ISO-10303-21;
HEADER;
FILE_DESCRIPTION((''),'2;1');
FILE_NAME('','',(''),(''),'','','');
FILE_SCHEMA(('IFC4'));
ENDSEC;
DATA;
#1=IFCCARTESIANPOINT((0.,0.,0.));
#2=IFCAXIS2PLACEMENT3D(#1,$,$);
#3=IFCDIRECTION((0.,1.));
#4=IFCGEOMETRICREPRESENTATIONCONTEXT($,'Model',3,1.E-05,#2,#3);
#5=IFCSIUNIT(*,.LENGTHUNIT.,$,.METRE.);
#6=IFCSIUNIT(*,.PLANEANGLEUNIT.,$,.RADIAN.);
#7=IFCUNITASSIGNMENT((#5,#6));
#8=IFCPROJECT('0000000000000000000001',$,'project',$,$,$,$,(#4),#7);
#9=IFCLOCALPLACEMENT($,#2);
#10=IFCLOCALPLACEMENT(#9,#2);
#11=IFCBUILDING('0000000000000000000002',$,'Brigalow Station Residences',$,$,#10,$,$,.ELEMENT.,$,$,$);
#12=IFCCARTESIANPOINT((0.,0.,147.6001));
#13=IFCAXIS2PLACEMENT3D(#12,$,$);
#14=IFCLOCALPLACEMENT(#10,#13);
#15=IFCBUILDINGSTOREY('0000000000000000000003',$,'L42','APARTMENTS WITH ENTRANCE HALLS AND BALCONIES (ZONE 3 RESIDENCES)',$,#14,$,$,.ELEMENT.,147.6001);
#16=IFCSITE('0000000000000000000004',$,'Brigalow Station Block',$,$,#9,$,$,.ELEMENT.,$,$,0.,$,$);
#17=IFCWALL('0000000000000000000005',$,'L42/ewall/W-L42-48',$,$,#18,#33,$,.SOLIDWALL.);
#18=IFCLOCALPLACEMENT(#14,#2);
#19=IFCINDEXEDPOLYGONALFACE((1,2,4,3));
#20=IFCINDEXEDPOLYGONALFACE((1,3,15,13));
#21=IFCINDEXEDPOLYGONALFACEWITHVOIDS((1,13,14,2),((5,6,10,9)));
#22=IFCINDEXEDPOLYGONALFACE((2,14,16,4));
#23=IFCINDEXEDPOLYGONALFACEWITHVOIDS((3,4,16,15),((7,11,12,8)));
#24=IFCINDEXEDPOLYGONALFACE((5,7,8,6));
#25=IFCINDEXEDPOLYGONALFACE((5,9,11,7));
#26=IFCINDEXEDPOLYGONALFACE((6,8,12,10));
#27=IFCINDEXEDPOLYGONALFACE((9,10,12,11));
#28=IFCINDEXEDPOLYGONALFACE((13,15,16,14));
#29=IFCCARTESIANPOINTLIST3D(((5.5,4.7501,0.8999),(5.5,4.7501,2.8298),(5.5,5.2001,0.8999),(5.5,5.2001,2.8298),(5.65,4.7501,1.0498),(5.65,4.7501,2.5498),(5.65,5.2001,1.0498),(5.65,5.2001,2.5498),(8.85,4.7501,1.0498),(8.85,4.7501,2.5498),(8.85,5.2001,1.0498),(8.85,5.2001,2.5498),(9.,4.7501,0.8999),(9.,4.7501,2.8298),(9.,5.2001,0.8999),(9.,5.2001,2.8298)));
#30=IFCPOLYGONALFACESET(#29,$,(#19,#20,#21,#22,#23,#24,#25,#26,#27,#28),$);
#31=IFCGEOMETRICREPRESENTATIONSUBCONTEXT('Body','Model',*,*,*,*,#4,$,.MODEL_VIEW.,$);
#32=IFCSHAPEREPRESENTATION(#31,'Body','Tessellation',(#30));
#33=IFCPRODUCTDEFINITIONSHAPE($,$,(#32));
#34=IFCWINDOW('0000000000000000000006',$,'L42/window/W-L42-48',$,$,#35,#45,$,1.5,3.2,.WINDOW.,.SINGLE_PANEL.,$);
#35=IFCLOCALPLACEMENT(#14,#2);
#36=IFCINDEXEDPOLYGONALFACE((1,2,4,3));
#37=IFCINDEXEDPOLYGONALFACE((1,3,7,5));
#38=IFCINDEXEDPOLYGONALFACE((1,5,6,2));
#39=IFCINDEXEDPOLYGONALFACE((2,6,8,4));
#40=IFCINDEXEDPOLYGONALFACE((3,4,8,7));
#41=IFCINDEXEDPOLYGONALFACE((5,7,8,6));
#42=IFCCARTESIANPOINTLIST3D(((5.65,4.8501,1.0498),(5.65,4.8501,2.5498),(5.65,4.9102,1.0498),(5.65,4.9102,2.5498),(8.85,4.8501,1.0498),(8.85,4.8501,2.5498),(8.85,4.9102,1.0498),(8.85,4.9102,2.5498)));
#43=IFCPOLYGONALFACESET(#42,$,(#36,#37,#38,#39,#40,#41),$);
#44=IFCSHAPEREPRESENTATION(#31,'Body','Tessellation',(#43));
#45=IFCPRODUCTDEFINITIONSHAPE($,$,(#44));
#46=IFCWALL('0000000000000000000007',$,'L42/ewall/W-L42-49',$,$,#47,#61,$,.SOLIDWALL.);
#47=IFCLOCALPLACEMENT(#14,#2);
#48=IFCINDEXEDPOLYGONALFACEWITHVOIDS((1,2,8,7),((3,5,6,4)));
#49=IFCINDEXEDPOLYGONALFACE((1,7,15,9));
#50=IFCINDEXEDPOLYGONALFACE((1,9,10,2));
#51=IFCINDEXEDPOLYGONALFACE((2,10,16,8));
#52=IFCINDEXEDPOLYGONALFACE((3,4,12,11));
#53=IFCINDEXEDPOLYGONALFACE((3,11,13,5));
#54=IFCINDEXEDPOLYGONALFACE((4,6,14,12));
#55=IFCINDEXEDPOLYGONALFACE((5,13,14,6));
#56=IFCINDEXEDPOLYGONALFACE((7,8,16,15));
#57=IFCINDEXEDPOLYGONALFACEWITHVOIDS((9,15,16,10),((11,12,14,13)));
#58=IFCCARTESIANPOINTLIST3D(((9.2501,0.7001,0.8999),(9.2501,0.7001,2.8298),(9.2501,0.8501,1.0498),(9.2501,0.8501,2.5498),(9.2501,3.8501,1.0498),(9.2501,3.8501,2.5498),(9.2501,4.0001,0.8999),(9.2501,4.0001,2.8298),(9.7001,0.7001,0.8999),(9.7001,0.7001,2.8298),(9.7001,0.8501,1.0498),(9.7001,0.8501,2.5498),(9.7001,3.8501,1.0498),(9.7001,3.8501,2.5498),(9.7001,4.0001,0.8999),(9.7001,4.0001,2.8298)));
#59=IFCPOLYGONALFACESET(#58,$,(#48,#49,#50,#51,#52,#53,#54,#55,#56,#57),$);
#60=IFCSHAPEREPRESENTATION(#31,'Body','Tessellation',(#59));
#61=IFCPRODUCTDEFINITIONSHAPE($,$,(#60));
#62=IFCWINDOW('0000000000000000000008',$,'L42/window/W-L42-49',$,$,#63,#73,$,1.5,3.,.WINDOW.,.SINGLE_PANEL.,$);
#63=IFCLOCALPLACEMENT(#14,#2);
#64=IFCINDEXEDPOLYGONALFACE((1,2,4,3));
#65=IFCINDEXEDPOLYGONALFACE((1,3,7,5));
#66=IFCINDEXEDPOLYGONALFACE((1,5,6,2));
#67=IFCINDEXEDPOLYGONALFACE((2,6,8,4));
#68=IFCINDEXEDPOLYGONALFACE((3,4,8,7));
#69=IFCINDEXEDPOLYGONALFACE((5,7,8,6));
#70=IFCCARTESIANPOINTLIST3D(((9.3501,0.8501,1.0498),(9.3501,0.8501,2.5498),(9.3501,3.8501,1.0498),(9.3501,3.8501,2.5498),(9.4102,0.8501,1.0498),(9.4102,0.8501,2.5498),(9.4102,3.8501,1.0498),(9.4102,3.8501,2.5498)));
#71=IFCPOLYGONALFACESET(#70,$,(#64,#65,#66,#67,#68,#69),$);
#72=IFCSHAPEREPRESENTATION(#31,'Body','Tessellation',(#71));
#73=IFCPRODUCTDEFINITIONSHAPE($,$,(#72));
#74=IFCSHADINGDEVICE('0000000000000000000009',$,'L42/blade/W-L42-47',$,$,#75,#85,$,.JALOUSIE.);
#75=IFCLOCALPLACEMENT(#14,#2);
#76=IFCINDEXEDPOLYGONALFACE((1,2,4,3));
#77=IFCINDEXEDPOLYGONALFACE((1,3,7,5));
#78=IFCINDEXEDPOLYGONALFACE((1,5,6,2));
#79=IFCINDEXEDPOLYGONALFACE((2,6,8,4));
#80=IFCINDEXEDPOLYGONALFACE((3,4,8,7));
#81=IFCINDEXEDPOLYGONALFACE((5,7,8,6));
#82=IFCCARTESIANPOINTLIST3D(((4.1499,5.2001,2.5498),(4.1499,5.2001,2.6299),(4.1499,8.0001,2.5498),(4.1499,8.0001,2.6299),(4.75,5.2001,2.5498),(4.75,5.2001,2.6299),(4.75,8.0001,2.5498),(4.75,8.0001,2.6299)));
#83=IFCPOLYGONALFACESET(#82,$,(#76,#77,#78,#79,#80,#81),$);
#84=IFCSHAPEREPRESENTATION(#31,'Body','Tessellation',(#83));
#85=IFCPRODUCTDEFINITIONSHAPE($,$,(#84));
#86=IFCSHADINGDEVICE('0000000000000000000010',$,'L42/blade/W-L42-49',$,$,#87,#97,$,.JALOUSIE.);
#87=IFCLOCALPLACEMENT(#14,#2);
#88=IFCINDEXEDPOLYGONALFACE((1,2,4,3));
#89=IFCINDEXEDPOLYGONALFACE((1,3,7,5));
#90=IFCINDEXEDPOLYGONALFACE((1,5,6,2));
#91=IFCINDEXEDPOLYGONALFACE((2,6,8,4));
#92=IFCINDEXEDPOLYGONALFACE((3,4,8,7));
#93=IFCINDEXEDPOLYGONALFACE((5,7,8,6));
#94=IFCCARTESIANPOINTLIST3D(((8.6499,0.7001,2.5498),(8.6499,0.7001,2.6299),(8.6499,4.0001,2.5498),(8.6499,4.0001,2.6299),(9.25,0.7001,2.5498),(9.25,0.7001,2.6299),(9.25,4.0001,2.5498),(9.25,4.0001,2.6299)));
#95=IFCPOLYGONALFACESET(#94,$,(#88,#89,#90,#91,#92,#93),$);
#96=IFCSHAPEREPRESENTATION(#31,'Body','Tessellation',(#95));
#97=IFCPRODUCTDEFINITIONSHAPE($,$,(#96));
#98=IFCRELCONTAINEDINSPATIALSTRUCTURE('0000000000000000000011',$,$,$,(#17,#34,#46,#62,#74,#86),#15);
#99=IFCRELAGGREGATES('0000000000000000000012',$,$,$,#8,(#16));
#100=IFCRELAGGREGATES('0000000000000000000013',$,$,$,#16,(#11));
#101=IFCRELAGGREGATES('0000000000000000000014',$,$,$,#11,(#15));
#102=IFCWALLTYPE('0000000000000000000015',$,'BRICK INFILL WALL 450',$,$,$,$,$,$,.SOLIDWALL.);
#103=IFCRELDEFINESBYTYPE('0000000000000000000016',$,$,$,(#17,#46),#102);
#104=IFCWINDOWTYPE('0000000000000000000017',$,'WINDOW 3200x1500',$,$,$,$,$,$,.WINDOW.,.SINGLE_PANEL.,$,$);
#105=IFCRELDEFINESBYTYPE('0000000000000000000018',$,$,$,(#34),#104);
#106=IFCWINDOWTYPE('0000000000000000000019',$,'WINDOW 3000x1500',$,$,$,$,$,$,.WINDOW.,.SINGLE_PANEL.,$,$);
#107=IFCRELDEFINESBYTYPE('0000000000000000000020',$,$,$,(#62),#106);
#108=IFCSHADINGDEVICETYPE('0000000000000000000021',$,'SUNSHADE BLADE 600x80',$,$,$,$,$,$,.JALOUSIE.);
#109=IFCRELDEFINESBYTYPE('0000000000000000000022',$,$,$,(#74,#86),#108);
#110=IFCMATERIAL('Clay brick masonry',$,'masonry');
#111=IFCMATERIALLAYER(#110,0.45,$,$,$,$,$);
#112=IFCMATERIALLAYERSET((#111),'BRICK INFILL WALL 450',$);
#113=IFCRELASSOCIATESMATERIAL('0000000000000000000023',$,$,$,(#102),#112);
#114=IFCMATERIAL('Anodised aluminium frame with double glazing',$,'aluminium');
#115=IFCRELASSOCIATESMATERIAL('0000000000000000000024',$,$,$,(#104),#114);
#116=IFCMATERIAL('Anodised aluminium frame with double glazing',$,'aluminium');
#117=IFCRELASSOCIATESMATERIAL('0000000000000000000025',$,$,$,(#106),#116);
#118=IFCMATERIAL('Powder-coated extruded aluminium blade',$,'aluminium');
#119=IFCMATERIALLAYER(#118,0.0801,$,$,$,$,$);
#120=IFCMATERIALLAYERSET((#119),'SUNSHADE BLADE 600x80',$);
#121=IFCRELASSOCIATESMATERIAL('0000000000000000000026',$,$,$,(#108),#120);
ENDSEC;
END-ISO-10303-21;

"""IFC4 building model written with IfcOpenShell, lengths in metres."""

from ifc_helpers import new_model, si_unit, direction, frame, frame_2d, origin, origin_2d, place, context, subcontext, project, spatial, rectangle, extrude, material, layer, layer_set, type_object, element, fill, save


model = new_model("IFC4")

# Units and contexts
model_context = context("Model", 3, precision=1e-05, world=origin(), true_north=direction((0.0, 1.0)))
body_context = subcontext(model_context, "Body", "Model", "MODEL_VIEW")
ifc_project = project(units=[si_unit("LENGTHUNIT", "METRE"), si_unit("PLANEANGLEUNIT", "RADIAN")], contexts=[model_context])

# Site, building, storey
site_placement = place(None, origin())
site = spatial("IfcSite", under=ifc_project, at=site_placement, Name="Brigalow Station Block", CompositionType="ELEMENT", RefElevation=0.0)
building_placement = place(site_placement, origin())
building = spatial("IfcBuilding", under=site, at=building_placement, Name="Brigalow Station Residences", CompositionType="ELEMENT")
storey_placement = place(building_placement, frame((0.0, 0.0, 147.6001)))
storey = spatial("IfcBuildingStorey", under=building, at=storey_placement, Name="L42", Description="APARTMENTS WITH ENTRANCE HALLS AND BALCONIES (ZONE 3 RESIDENCES)", CompositionType="ELEMENT", Elevation=147.6001)

# Walls, openings, windows
ifc_material_1 = material(Name="Clay brick masonry", Category="masonry")
ifc_layer_1 = layer(ifc_material_1, 0.45)
ifc_layer_set_1 = layer_set([ifc_layer_1], Name="BRICK INFILL WALL 450")
wall_type = type_object("IfcWallType", Name="BRICK INFILL WALL 450", PredefinedType="SOLIDWALL", material=ifc_layer_set_1)
wall_1_placement = place(storey_placement, frame((5.5, 4.9751, 0.8999), z_axis=(0.0, 0.0, 1.0), x_axis=(1.0, 0.0, 0.0)))
wall_1 = element("IfcWall", 1, at=wall_1_placement, inside=storey, type_object=wall_type, Name="L42/ewall/W-L42-48", PredefinedType="SOLIDWALL", context=body_context, shape_type="SweptSolid", body=[
    extrude(rectangle(XDim=3.5, YDim=0.45, at=frame_2d((1.75, 0.0))), origin(), (0.0, 0.0, 1.0), 1.9299),
])
opening_1_placement = place(wall_1_placement, frame((0.1499, 0.0, 0.1499)))
opening_1 = element("IfcOpeningElement", 2, at=opening_1_placement, cuts=wall_1, PredefinedType="OPENING", context=body_context, shape_type="SweptSolid", body=[
    extrude(rectangle(XDim=3.2, YDim=1.5, at=frame_2d((1.6001, 0.75))), frame((0.0, 0.2349, 0.0), z_axis=(0.0, -1.0, 0.0), x_axis=(1.0, 0.0, 0.0)), (0.0, 0.0, 1.0), 0.47),
])
ifc_material_2 = material(Name="Anodised aluminium frame with double glazing", Category="aluminium")
window_type_1 = type_object("IfcWindowType", Name="WINDOW 3200x1500", PartitioningType="SINGLE_PANEL", PredefinedType="WINDOW", material=ifc_material_2)
window_1_placement = place(opening_1_placement, origin())
window_1 = element("IfcWindow", 3, at=window_1_placement, inside=storey, type_object=window_type_1, Name="L42/window/W-L42-48", OverallHeight=1.5, OverallWidth=3.2, PartitioningType="SINGLE_PANEL", PredefinedType="WINDOW", context=body_context, shape_type="SweptSolid", body=[
    extrude(rectangle(XDim=3.2, YDim=1.5, at=frame_2d((1.6001, 0.75))), frame((0.0, -0.0649, 0.0), z_axis=(0.0, -1.0, 0.0), x_axis=(1.0, 0.0, 0.0)), (0.0, 0.0, 1.0), 0.0601),
])
fill(opening_1, window_1)
wall_2_placement = place(storey_placement, frame((9.4751, 4.0, 0.8999), z_axis=(0.0, 0.0, 1.0), x_axis=(0.0, -1.0, 0.0)))
wall_2 = element("IfcWall", 4, at=wall_2_placement, inside=storey, type_object=wall_type, Name="L42/ewall/W-L42-49", PredefinedType="SOLIDWALL", context=body_context, shape_type="SweptSolid", body=[
    extrude(rectangle(XDim=3.3, YDim=0.45, at=frame_2d((1.6499, 0.0))), origin(), (0.0, 0.0, 1.0), 1.9299),
])
opening_2_placement = place(wall_2_placement, frame((0.1499, 0.0, 0.1499)))
opening_2 = element("IfcOpeningElement", 5, at=opening_2_placement, cuts=wall_2, PredefinedType="OPENING", context=body_context, shape_type="SweptSolid", body=[
    extrude(rectangle(XDim=3.0, YDim=1.5, at=frame_2d((1.5, 0.75))), frame((0.0, 0.2349, 0.0), z_axis=(0.0, -1.0, 0.0), x_axis=(1.0, 0.0, 0.0)), (0.0, 0.0, 1.0), 0.47),
])
ifc_material_3 = material(Name="Anodised aluminium frame with double glazing", Category="aluminium")
window_type_2 = type_object("IfcWindowType", Name="WINDOW 3000x1500", PartitioningType="SINGLE_PANEL", PredefinedType="WINDOW", material=ifc_material_3)
window_2_placement = place(opening_2_placement, origin())
window_2 = element("IfcWindow", 6, at=window_2_placement, inside=storey, type_object=window_type_2, Name="L42/window/W-L42-49", OverallHeight=1.5, OverallWidth=3.0, PartitioningType="SINGLE_PANEL", PredefinedType="WINDOW", context=body_context, shape_type="SweptSolid", body=[
    extrude(rectangle(XDim=3.0, YDim=1.5, at=frame_2d((1.5, 0.75))), frame((0.0, -0.0649, 0.0), z_axis=(0.0, -1.0, 0.0), x_axis=(1.0, 0.0, 0.0)), (0.0, 0.0, 1.0), 0.0601),
])
fill(opening_2, window_2)

# Shading devices
ifc_material_4 = material(Name="Powder-coated extruded aluminium blade", Category="aluminium")
ifc_layer_2 = layer(ifc_material_4, 0.0801)
ifc_layer_set_2 = layer_set([ifc_layer_2], Name="SUNSHADE BLADE 600x80")
shading_device_type = type_object("IfcShadingDeviceType", Name="SUNSHADE BLADE 600x80", PredefinedType="JALOUSIE", material=ifc_layer_set_2)
shading_device_1_placement = place(storey_placement, frame((4.45, 6.6001, 2.5498), z_axis=(0.0, 0.0, 1.0), x_axis=(0.0, -1.0, 0.0)))
element("IfcShadingDevice", 7, at=shading_device_1_placement, inside=storey, type_object=shading_device_type, Name="L42/blade/W-L42-47", PredefinedType="JALOUSIE", context=body_context, shape_type="SweptSolid", body=[
    extrude(rectangle(XDim=2.8, YDim=0.6001, at=origin_2d()), origin(), (0.0, 0.0, 1.0), 0.0801),
])
shading_device_2_placement = place(storey_placement, frame((8.95, 2.3501, 2.5498), z_axis=(0.0, 0.0, 1.0), x_axis=(0.0, -1.0, 0.0)))
element("IfcShadingDevice", 8, at=shading_device_2_placement, inside=storey, type_object=shading_device_type, Name="L42/blade/W-L42-49", PredefinedType="JALOUSIE", context=body_context, shape_type="SweptSolid", body=[
    extrude(rectangle(XDim=3.3, YDim=0.6001, at=origin_2d()), origin(), (0.0, 0.0, 1.0), 0.0801),
])

save(model, "model.ifc")
